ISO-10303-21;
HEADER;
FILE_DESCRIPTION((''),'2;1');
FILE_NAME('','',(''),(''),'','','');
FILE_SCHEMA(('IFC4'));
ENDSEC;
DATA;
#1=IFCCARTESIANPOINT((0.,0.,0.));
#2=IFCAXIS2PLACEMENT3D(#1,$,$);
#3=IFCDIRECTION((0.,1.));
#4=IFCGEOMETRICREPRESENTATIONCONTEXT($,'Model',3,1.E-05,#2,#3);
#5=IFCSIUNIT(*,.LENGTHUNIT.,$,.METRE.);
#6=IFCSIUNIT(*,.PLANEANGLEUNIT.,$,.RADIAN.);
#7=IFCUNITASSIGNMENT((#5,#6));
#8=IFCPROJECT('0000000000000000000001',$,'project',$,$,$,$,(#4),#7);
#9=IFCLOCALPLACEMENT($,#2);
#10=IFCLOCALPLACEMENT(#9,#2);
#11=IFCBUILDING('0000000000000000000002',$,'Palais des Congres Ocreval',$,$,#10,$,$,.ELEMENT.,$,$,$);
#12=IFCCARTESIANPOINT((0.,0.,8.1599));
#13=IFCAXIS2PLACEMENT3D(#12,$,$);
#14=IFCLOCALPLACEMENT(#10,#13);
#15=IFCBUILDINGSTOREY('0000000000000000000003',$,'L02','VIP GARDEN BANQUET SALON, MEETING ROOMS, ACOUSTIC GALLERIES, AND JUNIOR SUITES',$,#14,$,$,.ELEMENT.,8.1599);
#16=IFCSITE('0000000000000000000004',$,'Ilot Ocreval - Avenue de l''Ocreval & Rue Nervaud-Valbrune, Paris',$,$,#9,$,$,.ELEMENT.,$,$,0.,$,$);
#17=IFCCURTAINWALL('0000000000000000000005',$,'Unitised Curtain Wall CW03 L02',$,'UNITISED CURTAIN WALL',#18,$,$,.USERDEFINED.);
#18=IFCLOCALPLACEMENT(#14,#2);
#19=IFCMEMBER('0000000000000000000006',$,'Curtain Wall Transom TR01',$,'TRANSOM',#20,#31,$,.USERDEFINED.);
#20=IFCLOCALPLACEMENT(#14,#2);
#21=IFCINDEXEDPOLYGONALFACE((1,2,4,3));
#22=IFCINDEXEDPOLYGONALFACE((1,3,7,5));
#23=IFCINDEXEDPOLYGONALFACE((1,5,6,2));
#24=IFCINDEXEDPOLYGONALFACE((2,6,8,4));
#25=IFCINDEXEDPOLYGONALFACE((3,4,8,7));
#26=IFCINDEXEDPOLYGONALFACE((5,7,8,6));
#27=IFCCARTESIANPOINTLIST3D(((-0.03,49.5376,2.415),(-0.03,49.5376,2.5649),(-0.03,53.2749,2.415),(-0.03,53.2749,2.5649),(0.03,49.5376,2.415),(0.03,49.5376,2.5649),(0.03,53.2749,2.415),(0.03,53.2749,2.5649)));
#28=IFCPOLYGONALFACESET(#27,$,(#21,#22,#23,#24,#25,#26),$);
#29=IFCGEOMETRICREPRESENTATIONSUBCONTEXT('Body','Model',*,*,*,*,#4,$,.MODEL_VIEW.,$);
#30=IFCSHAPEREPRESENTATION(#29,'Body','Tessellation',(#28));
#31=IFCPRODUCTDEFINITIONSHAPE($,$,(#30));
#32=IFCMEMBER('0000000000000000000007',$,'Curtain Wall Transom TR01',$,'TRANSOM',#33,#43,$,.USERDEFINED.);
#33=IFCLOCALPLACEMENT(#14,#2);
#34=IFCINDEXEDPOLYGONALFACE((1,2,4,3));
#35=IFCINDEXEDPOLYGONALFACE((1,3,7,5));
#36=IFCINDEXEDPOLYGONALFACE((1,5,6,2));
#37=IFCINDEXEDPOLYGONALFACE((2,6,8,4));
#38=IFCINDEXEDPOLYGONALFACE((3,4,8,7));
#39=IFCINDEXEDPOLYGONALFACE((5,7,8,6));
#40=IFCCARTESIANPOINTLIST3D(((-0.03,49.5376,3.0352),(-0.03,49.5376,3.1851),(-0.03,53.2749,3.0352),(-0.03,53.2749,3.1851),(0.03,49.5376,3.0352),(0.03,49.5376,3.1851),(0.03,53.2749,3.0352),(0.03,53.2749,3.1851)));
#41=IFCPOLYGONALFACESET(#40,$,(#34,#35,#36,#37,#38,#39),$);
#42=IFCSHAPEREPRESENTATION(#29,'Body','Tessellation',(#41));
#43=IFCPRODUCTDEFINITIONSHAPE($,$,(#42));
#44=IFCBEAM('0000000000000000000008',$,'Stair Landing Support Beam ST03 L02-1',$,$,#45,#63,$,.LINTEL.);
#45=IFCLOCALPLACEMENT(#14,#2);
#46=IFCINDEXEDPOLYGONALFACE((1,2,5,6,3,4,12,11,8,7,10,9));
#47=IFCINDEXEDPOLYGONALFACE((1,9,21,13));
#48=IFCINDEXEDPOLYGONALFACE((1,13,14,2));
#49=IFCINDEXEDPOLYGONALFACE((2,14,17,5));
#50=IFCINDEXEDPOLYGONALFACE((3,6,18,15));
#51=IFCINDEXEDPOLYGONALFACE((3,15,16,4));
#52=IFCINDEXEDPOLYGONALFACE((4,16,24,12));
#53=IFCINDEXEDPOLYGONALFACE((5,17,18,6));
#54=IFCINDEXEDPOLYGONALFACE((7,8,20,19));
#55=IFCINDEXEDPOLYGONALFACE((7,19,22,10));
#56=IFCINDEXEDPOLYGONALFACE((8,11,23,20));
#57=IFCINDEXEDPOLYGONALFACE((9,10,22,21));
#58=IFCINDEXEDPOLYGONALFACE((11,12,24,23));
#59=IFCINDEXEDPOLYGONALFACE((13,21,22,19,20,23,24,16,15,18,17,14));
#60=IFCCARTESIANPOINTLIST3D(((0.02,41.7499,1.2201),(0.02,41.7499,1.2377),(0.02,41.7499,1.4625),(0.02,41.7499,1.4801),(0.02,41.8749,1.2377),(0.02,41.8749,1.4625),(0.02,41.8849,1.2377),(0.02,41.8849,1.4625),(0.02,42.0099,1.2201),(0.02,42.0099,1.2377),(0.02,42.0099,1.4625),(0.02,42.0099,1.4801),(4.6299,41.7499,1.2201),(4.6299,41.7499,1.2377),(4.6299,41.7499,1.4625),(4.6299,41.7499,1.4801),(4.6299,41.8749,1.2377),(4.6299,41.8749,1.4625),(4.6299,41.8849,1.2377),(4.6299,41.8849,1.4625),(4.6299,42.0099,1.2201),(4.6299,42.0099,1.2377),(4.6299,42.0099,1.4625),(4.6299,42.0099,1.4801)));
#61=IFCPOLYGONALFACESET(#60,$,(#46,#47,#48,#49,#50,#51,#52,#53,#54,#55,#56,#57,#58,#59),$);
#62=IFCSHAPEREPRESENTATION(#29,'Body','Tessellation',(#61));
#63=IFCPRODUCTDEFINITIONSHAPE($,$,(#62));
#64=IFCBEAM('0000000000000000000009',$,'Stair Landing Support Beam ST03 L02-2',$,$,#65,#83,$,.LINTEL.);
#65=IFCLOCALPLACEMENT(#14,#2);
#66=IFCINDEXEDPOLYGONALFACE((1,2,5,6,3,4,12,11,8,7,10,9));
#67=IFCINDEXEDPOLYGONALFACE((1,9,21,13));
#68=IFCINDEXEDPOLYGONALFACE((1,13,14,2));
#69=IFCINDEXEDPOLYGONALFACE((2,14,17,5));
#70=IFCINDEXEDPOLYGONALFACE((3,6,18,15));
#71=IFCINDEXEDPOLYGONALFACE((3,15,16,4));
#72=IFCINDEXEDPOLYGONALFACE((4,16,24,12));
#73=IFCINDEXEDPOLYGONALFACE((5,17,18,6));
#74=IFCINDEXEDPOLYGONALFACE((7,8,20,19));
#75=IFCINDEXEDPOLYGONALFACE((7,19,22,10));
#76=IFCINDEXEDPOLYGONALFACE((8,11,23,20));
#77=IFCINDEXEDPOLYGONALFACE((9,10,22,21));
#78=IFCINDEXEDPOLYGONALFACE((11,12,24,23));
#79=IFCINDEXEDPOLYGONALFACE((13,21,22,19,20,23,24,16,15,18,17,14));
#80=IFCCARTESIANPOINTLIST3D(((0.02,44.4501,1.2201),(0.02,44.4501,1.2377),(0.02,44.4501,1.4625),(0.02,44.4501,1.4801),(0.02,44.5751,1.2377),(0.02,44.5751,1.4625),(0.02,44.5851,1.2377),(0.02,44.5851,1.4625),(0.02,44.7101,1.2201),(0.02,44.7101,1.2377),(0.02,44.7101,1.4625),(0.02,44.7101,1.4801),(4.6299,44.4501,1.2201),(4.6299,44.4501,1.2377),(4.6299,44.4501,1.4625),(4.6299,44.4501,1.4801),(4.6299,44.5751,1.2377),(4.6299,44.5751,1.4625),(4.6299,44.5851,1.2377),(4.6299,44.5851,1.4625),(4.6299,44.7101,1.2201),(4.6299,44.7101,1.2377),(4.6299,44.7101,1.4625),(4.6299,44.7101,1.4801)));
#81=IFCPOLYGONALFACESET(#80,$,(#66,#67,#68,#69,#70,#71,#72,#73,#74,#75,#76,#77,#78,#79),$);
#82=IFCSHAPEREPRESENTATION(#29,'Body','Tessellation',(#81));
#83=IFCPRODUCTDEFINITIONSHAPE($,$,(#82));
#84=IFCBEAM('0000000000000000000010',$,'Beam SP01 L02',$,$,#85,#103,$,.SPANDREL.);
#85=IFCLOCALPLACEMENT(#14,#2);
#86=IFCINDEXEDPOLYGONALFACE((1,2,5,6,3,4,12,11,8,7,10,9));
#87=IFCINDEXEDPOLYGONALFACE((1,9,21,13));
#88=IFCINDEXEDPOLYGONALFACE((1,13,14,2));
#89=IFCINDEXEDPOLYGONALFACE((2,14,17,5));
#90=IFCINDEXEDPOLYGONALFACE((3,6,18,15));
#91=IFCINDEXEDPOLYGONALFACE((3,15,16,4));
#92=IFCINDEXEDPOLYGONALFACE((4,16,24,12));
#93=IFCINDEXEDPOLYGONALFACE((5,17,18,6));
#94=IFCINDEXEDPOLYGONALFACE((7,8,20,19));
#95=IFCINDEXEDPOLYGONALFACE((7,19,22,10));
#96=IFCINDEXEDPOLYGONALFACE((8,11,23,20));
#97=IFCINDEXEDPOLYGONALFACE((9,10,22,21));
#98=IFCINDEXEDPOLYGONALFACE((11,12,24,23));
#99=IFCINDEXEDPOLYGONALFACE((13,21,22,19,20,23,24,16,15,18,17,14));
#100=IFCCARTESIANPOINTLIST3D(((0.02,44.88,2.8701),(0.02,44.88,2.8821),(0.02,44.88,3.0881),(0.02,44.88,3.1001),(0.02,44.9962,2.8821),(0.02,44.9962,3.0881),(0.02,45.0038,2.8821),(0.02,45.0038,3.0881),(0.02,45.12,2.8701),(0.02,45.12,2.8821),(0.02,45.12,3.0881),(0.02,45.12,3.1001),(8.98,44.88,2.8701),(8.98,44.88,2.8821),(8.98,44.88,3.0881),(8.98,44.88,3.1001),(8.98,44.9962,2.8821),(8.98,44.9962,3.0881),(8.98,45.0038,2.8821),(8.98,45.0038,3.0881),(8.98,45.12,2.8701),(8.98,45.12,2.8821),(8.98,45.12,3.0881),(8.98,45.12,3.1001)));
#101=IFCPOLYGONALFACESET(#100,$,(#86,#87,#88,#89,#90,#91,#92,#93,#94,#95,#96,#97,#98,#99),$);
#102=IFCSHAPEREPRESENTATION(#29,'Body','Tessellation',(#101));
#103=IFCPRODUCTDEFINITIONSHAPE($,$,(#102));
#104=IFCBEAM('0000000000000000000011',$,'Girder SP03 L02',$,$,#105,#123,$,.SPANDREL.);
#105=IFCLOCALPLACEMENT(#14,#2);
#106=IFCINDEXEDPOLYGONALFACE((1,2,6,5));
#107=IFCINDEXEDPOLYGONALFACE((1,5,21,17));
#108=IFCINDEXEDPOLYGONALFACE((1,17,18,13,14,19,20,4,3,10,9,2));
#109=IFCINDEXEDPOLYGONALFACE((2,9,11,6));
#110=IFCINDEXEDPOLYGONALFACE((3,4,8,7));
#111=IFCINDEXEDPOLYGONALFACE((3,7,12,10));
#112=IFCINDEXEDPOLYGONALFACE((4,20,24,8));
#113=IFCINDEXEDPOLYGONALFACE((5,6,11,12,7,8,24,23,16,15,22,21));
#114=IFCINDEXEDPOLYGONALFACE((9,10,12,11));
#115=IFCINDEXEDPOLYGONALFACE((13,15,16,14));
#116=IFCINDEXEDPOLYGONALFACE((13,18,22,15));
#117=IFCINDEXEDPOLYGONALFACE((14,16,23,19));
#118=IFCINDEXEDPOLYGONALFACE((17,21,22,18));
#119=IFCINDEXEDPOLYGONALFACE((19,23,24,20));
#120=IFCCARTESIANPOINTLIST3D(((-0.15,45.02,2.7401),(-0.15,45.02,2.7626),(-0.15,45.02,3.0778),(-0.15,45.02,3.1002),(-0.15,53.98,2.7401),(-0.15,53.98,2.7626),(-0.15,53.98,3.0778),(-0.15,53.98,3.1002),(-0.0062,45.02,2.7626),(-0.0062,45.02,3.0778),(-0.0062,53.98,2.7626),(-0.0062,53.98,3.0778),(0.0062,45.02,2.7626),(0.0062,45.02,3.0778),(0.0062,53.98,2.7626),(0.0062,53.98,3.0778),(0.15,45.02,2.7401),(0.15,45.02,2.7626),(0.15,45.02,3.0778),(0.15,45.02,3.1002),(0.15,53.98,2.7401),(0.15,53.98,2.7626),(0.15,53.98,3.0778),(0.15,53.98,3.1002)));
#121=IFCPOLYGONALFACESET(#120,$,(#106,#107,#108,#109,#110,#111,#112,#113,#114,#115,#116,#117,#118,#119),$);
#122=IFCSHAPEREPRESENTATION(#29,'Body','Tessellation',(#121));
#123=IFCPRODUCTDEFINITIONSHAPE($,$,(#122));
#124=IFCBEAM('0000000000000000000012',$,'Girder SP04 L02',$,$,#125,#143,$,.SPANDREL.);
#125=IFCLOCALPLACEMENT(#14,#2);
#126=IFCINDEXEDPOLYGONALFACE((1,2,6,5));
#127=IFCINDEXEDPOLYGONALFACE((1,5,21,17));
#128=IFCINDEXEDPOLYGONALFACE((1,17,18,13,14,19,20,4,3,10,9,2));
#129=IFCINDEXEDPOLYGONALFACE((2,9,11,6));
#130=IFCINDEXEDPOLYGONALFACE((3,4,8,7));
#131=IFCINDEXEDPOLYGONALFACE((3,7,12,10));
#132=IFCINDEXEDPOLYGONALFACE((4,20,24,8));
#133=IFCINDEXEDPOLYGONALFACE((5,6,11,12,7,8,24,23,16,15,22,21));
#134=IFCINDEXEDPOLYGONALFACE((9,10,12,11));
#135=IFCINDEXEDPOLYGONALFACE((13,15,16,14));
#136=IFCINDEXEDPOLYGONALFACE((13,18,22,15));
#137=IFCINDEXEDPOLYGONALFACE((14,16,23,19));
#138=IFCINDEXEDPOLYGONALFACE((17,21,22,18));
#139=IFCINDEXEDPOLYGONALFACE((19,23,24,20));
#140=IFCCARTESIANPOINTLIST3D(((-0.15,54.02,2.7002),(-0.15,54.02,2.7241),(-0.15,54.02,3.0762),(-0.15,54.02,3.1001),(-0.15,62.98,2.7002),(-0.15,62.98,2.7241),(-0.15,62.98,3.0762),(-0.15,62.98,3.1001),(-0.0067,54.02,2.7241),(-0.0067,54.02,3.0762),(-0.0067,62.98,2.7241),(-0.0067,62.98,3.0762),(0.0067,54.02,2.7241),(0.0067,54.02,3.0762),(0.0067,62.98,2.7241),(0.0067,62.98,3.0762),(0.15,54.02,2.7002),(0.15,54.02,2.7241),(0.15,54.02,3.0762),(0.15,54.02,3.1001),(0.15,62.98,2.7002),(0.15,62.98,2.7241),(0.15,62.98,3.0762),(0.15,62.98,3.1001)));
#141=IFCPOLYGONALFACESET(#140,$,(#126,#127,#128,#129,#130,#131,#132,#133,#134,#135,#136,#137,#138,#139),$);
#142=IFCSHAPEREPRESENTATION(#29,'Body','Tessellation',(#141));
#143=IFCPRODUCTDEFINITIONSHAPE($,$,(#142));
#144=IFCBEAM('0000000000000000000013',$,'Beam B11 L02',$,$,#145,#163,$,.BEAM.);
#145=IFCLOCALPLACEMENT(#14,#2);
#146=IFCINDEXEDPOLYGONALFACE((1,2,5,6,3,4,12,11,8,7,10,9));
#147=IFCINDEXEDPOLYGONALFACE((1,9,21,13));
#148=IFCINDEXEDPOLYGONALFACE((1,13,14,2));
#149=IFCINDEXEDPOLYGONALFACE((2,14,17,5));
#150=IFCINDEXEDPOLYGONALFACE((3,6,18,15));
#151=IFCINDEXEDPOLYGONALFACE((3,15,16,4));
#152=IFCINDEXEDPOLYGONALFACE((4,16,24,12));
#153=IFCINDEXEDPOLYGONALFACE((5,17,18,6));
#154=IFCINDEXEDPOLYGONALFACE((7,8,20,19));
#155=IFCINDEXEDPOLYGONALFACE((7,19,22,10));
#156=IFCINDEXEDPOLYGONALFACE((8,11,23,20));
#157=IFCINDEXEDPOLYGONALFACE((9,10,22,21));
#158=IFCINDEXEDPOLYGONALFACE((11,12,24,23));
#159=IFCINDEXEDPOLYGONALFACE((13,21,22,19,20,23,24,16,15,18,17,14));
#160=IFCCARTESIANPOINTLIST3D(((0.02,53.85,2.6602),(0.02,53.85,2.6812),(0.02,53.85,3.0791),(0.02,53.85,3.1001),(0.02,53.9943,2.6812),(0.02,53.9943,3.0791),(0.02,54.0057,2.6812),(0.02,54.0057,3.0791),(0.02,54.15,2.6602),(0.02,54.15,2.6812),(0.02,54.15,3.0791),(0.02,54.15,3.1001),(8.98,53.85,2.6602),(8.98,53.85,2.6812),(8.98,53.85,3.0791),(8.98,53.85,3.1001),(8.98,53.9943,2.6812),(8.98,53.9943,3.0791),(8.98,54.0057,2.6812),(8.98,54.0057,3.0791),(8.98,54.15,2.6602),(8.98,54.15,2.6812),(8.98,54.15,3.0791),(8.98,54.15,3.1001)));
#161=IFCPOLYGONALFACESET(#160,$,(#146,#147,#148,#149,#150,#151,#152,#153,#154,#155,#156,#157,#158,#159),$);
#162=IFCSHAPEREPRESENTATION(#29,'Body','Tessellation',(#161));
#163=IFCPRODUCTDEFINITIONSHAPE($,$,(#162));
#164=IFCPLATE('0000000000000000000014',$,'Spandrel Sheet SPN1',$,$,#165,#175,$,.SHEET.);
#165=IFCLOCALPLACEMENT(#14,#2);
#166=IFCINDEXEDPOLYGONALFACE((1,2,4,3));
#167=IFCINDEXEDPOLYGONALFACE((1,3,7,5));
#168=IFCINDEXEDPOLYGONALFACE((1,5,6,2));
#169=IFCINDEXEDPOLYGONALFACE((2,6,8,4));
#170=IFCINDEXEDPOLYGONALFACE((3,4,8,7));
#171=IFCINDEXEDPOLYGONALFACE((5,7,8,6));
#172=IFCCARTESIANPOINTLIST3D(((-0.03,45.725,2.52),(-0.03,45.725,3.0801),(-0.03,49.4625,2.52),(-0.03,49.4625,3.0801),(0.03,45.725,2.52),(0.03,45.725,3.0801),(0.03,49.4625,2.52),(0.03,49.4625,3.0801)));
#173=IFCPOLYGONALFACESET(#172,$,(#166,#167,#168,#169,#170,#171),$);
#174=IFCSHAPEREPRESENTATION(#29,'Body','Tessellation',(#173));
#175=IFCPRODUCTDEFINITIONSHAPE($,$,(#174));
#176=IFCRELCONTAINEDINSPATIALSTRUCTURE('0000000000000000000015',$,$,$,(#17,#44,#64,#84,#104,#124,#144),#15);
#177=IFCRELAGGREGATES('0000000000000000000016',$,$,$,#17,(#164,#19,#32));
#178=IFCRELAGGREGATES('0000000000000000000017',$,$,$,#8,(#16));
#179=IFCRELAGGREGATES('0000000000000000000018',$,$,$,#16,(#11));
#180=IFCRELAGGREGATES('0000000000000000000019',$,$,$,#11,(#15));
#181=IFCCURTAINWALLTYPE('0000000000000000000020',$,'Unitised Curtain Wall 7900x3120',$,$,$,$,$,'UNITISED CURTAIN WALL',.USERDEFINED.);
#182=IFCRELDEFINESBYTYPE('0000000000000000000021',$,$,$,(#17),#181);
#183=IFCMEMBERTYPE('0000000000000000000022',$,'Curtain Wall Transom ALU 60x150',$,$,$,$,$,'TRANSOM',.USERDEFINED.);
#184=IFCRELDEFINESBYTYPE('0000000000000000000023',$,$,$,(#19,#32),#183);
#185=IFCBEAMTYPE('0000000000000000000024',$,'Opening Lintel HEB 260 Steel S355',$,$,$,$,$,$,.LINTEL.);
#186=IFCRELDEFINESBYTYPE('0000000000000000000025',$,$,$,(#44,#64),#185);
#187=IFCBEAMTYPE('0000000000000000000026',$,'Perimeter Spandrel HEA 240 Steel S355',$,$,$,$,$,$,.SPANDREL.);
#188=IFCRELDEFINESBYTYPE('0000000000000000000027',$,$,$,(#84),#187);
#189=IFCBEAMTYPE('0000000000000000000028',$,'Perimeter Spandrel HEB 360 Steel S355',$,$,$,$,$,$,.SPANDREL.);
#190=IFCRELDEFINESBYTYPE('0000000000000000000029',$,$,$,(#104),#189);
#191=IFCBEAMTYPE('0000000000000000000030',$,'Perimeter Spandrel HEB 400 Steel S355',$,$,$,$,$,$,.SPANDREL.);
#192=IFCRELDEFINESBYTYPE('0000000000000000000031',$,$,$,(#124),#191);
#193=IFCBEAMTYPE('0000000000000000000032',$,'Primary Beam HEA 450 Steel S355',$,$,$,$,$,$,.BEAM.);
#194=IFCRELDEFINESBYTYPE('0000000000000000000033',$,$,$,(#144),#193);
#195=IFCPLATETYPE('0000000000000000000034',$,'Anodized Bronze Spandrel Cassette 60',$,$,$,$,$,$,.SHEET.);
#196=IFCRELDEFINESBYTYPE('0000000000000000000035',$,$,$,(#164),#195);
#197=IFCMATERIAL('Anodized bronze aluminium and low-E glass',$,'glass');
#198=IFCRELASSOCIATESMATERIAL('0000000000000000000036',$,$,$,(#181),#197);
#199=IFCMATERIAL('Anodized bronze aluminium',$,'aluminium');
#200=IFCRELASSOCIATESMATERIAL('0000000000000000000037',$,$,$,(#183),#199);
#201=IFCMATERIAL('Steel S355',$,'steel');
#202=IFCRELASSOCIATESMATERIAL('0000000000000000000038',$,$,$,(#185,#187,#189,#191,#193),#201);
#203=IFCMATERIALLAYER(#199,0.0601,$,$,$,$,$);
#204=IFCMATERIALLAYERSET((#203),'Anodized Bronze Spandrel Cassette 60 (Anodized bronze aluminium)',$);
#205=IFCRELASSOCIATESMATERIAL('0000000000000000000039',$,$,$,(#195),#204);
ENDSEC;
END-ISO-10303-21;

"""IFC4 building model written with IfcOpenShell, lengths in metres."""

from ifc_helpers import new_model, si_unit, direction, frame, origin, origin_2d, place, context, subcontext, project, spatial, rectangle, i_section, extrude, material, layer, layer_set, material_profile, profile_set, type_object, element, aggregate, save


model = new_model("IFC4")

# Units and contexts
model_context = context("Model", 3, precision=1e-05, world=origin(), true_north=direction((0.0, 1.0)))
body_context = subcontext(model_context, "Body", "Model", "MODEL_VIEW")
ifc_project = project(units=[si_unit("LENGTHUNIT", "METRE"), si_unit("PLANEANGLEUNIT", "RADIAN")], contexts=[model_context])

# Site, building, storey
site_placement = place(None, origin())
site = spatial("IfcSite", under=ifc_project, at=site_placement, Name="Ilot Ocreval - Avenue de l'Ocreval & Rue Nervaud-Valbrune, Paris", CompositionType="ELEMENT", RefElevation=0.0)
building_placement = place(site_placement, origin())
building = spatial("IfcBuilding", under=site, at=building_placement, Name="Palais des Congres Ocreval", CompositionType="ELEMENT")
storey_placement = place(building_placement, frame((0.0, 0.0, 8.1599)))
storey = spatial("IfcBuildingStorey", under=building, at=storey_placement, Name="L02", Description="VIP GARDEN BANQUET SALON, MEETING ROOMS, ACOUSTIC GALLERIES, AND JUNIOR SUITES", CompositionType="ELEMENT", Elevation=8.1599)

# Shared definitions
ifc_material_1 = material(Name="Steel S355", Category="steel")

# Curtain wall, members
ifc_material_2 = material(Name="Anodized bronze aluminium and low-E glass", Category="glass")
curtain_wall_type = type_object("IfcCurtainWallType", Name="Unitised Curtain Wall 7900x3120", ElementType="UNITISED CURTAIN WALL", PredefinedType="USERDEFINED", material=ifc_material_2)
curtain_wall_placement = place(storey_placement, origin())
curtain_wall = element("IfcCurtainWall", 1, at=curtain_wall_placement, inside=storey, type_object=curtain_wall_type, Name="Unitised Curtain Wall CW03 L02", ObjectType="UNITISED CURTAIN WALL", PredefinedType="USERDEFINED")
ifc_material_3 = material(Name="Anodized bronze aluminium", Category="aluminium")
ifc_material_profile_1 = material_profile(ifc_material_3, rectangle(XDim=0.0601, YDim=0.1499, at=origin_2d()), Name="ALU 60x150")
ifc_profile_set_1 = profile_set([ifc_material_profile_1], Name="Anodized bronze aluminium")
member_type_1 = type_object("IfcMemberType", Name="Curtain Wall Transom ALU 60x150", ElementType="TRANSOM", PredefinedType="USERDEFINED", material=ifc_profile_set_1)
member_1_placement = place(storey_placement, frame((0.0, 49.5376, 2.49), z_axis=(0.0, 1.0, 0.0), x_axis=(-1.0, 0.0, 0.0)))
member_1 = element("IfcMember", 2, at=member_1_placement, type_object=member_type_1, Name="Curtain Wall Transom TR01", ObjectType="TRANSOM", PredefinedType="USERDEFINED", context=body_context, shape_type="SweptSolid", body=[
    extrude(rectangle(XDim=0.0601, YDim=0.1499, at=origin_2d()), origin(), (0.0, 0.0, 1.0), 3.7373),
])
member_2_placement = place(storey_placement, frame((0.0, 49.5376, 3.1101), z_axis=(0.0, 1.0, 0.0), x_axis=(-1.0, 0.0, 0.0)))
member_2 = element("IfcMember", 3, at=member_2_placement, type_object=member_type_1, Name="Curtain Wall Transom TR01", ObjectType="TRANSOM", PredefinedType="USERDEFINED", context=body_context, shape_type="SweptSolid", body=[
    extrude(rectangle(XDim=0.0601, YDim=0.1499, at=origin_2d()), origin(), (0.0, 0.0, 1.0), 3.7373),
])

# Beams
ifc_material_profile_2 = material_profile(ifc_material_1, i_section(OverallWidth=0.26, OverallDepth=0.26, WebThickness=0.01, FlangeThickness=0.0176, at=origin_2d()), Name="HEB 260")
ifc_profile_set_2 = profile_set([ifc_material_profile_2], Name="Steel S355")
beam_type_1 = type_object("IfcBeamType", Name="Opening Lintel HEB 260 Steel S355", PredefinedType="LINTEL", material=ifc_profile_set_2)
for number, where, z_axis, x_axis, name in (
    (4, (0.02, 41.8799, 1.3501), (1.0, 0.0, 0.0), (0.0, 1.0, 0.0), "Stair Landing Support Beam ST03 L02-1"),
    (5, (0.02, 44.5801, 1.3501), (1.0, 0.0, 0.0), (0.0, 1.0, 0.0), "Stair Landing Support Beam ST03 L02-2"),
):
    element("IfcBeam", number, at=place(storey_placement, frame(where, z_axis=z_axis, x_axis=x_axis)), inside=storey, type_object=beam_type_1, Name=name, PredefinedType="LINTEL", context=body_context, shape_type="SweptSolid", body=[
        extrude(i_section(OverallWidth=0.26, OverallDepth=0.26, WebThickness=0.01, FlangeThickness=0.0176, at=origin_2d()), origin(), (0.0, 0.0, 1.0), 4.6099),
    ])
ifc_material_profile_3 = material_profile(ifc_material_1, i_section(OverallWidth=0.24, OverallDepth=0.23, WebThickness=0.0076, FlangeThickness=0.012, at=origin_2d()), Name="HEA 240")
ifc_profile_set_3 = profile_set([ifc_material_profile_3], Name="Steel S355")
beam_type_2 = type_object("IfcBeamType", Name="Perimeter Spandrel HEA 240 Steel S355", PredefinedType="SPANDREL", material=ifc_profile_set_3)
beam_1_placement = place(storey_placement, frame((0.02, 45.0, 2.9851), z_axis=(1.0, 0.0, 0.0), x_axis=(0.0, 1.0, 0.0)))
element("IfcBeam", 6, at=beam_1_placement, inside=storey, type_object=beam_type_2, Name="Beam SP01 L02", PredefinedType="SPANDREL", context=body_context, shape_type="SweptSolid", body=[
    extrude(i_section(OverallWidth=0.24, OverallDepth=0.23, WebThickness=0.0076, FlangeThickness=0.012, at=origin_2d()), origin(), (0.0, 0.0, 1.0), 8.96),
])
ifc_material_profile_4 = material_profile(ifc_material_1, i_section(OverallWidth=0.3, OverallDepth=0.3601, WebThickness=0.0125, FlangeThickness=0.0225, at=origin_2d()), Name="HEB 360")
ifc_profile_set_4 = profile_set([ifc_material_profile_4], Name="Steel S355")
beam_type_3 = type_object("IfcBeamType", Name="Perimeter Spandrel HEB 360 Steel S355", PredefinedType="SPANDREL", material=ifc_profile_set_4)
beam_2_placement = place(storey_placement, frame((0.0, 45.02, 2.9202), z_axis=(0.0, 1.0, 0.0), x_axis=(-1.0, 0.0, 0.0)))
element("IfcBeam", 7, at=beam_2_placement, inside=storey, type_object=beam_type_3, Name="Girder SP03 L02", PredefinedType="SPANDREL", context=body_context, shape_type="SweptSolid", body=[
    extrude(i_section(OverallWidth=0.3, OverallDepth=0.3601, WebThickness=0.0125, FlangeThickness=0.0225, at=origin_2d()), origin(), (0.0, 0.0, 1.0), 8.96),
])
ifc_material_profile_5 = material_profile(ifc_material_1, i_section(OverallWidth=0.3, OverallDepth=0.3999, WebThickness=0.0134, FlangeThickness=0.0239, at=origin_2d()), Name="HEB 400")
ifc_profile_set_5 = profile_set([ifc_material_profile_5], Name="Steel S355")
beam_type_4 = type_object("IfcBeamType", Name="Perimeter Spandrel HEB 400 Steel S355", PredefinedType="SPANDREL", material=ifc_profile_set_5)
beam_3_placement = place(storey_placement, frame((0.0, 54.02, 2.9001), z_axis=(0.0, 1.0, 0.0), x_axis=(-1.0, 0.0, 0.0)))
element("IfcBeam", 8, at=beam_3_placement, inside=storey, type_object=beam_type_4, Name="Girder SP04 L02", PredefinedType="SPANDREL", context=body_context, shape_type="SweptSolid", body=[
    extrude(i_section(OverallWidth=0.3, OverallDepth=0.3999, WebThickness=0.0134, FlangeThickness=0.0239, at=origin_2d()), origin(), (0.0, 0.0, 1.0), 8.96),
])
ifc_material_profile_6 = material_profile(ifc_material_1, i_section(OverallWidth=0.3, OverallDepth=0.4399, WebThickness=0.0115, FlangeThickness=0.021, at=origin_2d()), Name="HEA 450")
ifc_profile_set_6 = profile_set([ifc_material_profile_6], Name="Steel S355")
beam_type_5 = type_object("IfcBeamType", Name="Primary Beam HEA 450 Steel S355", PredefinedType="BEAM", material=ifc_profile_set_6)
beam_4_placement = place(storey_placement, frame((0.02, 54.0, 2.8801), z_axis=(1.0, 0.0, 0.0), x_axis=(0.0, 1.0, 0.0)))
element("IfcBeam", 9, at=beam_4_placement, inside=storey, type_object=beam_type_5, Name="Beam B11 L02", PredefinedType="BEAM", context=body_context, shape_type="SweptSolid", body=[
    extrude(i_section(OverallWidth=0.3, OverallDepth=0.4399, WebThickness=0.0115, FlangeThickness=0.021, at=origin_2d()), origin(), (0.0, 0.0, 1.0), 8.96),
])

# Plate
ifc_layer_1 = layer(ifc_material_3, 0.0601)
ifc_layer_set_1 = layer_set([ifc_layer_1], Name="Anodized Bronze Spandrel Cassette 60 (Anodized bronze aluminium)")
plate_type_1 = type_object("IfcPlateType", Name="Anodized Bronze Spandrel Cassette 60", PredefinedType="SHEET", material=ifc_layer_set_1)
plate_1_placement = place(storey_placement, frame((0.0, 47.5938, 2.52), z_axis=(0.0, 0.0, 1.0), x_axis=(0.0, 1.0, 0.0)))
plate_1 = element("IfcPlate", 10, at=plate_1_placement, type_object=plate_type_1, Name="Spandrel Sheet SPN1", PredefinedType="SHEET", context=body_context, shape_type="SweptSolid", body=[
    extrude(rectangle(XDim=3.7375, YDim=0.0601, at=origin_2d()), origin(), (0.0, 0.0, 1.0), 0.5601),
])
aggregate(curtain_wall, [plate_1, member_1, member_2])

save(model, "model.ifc")
